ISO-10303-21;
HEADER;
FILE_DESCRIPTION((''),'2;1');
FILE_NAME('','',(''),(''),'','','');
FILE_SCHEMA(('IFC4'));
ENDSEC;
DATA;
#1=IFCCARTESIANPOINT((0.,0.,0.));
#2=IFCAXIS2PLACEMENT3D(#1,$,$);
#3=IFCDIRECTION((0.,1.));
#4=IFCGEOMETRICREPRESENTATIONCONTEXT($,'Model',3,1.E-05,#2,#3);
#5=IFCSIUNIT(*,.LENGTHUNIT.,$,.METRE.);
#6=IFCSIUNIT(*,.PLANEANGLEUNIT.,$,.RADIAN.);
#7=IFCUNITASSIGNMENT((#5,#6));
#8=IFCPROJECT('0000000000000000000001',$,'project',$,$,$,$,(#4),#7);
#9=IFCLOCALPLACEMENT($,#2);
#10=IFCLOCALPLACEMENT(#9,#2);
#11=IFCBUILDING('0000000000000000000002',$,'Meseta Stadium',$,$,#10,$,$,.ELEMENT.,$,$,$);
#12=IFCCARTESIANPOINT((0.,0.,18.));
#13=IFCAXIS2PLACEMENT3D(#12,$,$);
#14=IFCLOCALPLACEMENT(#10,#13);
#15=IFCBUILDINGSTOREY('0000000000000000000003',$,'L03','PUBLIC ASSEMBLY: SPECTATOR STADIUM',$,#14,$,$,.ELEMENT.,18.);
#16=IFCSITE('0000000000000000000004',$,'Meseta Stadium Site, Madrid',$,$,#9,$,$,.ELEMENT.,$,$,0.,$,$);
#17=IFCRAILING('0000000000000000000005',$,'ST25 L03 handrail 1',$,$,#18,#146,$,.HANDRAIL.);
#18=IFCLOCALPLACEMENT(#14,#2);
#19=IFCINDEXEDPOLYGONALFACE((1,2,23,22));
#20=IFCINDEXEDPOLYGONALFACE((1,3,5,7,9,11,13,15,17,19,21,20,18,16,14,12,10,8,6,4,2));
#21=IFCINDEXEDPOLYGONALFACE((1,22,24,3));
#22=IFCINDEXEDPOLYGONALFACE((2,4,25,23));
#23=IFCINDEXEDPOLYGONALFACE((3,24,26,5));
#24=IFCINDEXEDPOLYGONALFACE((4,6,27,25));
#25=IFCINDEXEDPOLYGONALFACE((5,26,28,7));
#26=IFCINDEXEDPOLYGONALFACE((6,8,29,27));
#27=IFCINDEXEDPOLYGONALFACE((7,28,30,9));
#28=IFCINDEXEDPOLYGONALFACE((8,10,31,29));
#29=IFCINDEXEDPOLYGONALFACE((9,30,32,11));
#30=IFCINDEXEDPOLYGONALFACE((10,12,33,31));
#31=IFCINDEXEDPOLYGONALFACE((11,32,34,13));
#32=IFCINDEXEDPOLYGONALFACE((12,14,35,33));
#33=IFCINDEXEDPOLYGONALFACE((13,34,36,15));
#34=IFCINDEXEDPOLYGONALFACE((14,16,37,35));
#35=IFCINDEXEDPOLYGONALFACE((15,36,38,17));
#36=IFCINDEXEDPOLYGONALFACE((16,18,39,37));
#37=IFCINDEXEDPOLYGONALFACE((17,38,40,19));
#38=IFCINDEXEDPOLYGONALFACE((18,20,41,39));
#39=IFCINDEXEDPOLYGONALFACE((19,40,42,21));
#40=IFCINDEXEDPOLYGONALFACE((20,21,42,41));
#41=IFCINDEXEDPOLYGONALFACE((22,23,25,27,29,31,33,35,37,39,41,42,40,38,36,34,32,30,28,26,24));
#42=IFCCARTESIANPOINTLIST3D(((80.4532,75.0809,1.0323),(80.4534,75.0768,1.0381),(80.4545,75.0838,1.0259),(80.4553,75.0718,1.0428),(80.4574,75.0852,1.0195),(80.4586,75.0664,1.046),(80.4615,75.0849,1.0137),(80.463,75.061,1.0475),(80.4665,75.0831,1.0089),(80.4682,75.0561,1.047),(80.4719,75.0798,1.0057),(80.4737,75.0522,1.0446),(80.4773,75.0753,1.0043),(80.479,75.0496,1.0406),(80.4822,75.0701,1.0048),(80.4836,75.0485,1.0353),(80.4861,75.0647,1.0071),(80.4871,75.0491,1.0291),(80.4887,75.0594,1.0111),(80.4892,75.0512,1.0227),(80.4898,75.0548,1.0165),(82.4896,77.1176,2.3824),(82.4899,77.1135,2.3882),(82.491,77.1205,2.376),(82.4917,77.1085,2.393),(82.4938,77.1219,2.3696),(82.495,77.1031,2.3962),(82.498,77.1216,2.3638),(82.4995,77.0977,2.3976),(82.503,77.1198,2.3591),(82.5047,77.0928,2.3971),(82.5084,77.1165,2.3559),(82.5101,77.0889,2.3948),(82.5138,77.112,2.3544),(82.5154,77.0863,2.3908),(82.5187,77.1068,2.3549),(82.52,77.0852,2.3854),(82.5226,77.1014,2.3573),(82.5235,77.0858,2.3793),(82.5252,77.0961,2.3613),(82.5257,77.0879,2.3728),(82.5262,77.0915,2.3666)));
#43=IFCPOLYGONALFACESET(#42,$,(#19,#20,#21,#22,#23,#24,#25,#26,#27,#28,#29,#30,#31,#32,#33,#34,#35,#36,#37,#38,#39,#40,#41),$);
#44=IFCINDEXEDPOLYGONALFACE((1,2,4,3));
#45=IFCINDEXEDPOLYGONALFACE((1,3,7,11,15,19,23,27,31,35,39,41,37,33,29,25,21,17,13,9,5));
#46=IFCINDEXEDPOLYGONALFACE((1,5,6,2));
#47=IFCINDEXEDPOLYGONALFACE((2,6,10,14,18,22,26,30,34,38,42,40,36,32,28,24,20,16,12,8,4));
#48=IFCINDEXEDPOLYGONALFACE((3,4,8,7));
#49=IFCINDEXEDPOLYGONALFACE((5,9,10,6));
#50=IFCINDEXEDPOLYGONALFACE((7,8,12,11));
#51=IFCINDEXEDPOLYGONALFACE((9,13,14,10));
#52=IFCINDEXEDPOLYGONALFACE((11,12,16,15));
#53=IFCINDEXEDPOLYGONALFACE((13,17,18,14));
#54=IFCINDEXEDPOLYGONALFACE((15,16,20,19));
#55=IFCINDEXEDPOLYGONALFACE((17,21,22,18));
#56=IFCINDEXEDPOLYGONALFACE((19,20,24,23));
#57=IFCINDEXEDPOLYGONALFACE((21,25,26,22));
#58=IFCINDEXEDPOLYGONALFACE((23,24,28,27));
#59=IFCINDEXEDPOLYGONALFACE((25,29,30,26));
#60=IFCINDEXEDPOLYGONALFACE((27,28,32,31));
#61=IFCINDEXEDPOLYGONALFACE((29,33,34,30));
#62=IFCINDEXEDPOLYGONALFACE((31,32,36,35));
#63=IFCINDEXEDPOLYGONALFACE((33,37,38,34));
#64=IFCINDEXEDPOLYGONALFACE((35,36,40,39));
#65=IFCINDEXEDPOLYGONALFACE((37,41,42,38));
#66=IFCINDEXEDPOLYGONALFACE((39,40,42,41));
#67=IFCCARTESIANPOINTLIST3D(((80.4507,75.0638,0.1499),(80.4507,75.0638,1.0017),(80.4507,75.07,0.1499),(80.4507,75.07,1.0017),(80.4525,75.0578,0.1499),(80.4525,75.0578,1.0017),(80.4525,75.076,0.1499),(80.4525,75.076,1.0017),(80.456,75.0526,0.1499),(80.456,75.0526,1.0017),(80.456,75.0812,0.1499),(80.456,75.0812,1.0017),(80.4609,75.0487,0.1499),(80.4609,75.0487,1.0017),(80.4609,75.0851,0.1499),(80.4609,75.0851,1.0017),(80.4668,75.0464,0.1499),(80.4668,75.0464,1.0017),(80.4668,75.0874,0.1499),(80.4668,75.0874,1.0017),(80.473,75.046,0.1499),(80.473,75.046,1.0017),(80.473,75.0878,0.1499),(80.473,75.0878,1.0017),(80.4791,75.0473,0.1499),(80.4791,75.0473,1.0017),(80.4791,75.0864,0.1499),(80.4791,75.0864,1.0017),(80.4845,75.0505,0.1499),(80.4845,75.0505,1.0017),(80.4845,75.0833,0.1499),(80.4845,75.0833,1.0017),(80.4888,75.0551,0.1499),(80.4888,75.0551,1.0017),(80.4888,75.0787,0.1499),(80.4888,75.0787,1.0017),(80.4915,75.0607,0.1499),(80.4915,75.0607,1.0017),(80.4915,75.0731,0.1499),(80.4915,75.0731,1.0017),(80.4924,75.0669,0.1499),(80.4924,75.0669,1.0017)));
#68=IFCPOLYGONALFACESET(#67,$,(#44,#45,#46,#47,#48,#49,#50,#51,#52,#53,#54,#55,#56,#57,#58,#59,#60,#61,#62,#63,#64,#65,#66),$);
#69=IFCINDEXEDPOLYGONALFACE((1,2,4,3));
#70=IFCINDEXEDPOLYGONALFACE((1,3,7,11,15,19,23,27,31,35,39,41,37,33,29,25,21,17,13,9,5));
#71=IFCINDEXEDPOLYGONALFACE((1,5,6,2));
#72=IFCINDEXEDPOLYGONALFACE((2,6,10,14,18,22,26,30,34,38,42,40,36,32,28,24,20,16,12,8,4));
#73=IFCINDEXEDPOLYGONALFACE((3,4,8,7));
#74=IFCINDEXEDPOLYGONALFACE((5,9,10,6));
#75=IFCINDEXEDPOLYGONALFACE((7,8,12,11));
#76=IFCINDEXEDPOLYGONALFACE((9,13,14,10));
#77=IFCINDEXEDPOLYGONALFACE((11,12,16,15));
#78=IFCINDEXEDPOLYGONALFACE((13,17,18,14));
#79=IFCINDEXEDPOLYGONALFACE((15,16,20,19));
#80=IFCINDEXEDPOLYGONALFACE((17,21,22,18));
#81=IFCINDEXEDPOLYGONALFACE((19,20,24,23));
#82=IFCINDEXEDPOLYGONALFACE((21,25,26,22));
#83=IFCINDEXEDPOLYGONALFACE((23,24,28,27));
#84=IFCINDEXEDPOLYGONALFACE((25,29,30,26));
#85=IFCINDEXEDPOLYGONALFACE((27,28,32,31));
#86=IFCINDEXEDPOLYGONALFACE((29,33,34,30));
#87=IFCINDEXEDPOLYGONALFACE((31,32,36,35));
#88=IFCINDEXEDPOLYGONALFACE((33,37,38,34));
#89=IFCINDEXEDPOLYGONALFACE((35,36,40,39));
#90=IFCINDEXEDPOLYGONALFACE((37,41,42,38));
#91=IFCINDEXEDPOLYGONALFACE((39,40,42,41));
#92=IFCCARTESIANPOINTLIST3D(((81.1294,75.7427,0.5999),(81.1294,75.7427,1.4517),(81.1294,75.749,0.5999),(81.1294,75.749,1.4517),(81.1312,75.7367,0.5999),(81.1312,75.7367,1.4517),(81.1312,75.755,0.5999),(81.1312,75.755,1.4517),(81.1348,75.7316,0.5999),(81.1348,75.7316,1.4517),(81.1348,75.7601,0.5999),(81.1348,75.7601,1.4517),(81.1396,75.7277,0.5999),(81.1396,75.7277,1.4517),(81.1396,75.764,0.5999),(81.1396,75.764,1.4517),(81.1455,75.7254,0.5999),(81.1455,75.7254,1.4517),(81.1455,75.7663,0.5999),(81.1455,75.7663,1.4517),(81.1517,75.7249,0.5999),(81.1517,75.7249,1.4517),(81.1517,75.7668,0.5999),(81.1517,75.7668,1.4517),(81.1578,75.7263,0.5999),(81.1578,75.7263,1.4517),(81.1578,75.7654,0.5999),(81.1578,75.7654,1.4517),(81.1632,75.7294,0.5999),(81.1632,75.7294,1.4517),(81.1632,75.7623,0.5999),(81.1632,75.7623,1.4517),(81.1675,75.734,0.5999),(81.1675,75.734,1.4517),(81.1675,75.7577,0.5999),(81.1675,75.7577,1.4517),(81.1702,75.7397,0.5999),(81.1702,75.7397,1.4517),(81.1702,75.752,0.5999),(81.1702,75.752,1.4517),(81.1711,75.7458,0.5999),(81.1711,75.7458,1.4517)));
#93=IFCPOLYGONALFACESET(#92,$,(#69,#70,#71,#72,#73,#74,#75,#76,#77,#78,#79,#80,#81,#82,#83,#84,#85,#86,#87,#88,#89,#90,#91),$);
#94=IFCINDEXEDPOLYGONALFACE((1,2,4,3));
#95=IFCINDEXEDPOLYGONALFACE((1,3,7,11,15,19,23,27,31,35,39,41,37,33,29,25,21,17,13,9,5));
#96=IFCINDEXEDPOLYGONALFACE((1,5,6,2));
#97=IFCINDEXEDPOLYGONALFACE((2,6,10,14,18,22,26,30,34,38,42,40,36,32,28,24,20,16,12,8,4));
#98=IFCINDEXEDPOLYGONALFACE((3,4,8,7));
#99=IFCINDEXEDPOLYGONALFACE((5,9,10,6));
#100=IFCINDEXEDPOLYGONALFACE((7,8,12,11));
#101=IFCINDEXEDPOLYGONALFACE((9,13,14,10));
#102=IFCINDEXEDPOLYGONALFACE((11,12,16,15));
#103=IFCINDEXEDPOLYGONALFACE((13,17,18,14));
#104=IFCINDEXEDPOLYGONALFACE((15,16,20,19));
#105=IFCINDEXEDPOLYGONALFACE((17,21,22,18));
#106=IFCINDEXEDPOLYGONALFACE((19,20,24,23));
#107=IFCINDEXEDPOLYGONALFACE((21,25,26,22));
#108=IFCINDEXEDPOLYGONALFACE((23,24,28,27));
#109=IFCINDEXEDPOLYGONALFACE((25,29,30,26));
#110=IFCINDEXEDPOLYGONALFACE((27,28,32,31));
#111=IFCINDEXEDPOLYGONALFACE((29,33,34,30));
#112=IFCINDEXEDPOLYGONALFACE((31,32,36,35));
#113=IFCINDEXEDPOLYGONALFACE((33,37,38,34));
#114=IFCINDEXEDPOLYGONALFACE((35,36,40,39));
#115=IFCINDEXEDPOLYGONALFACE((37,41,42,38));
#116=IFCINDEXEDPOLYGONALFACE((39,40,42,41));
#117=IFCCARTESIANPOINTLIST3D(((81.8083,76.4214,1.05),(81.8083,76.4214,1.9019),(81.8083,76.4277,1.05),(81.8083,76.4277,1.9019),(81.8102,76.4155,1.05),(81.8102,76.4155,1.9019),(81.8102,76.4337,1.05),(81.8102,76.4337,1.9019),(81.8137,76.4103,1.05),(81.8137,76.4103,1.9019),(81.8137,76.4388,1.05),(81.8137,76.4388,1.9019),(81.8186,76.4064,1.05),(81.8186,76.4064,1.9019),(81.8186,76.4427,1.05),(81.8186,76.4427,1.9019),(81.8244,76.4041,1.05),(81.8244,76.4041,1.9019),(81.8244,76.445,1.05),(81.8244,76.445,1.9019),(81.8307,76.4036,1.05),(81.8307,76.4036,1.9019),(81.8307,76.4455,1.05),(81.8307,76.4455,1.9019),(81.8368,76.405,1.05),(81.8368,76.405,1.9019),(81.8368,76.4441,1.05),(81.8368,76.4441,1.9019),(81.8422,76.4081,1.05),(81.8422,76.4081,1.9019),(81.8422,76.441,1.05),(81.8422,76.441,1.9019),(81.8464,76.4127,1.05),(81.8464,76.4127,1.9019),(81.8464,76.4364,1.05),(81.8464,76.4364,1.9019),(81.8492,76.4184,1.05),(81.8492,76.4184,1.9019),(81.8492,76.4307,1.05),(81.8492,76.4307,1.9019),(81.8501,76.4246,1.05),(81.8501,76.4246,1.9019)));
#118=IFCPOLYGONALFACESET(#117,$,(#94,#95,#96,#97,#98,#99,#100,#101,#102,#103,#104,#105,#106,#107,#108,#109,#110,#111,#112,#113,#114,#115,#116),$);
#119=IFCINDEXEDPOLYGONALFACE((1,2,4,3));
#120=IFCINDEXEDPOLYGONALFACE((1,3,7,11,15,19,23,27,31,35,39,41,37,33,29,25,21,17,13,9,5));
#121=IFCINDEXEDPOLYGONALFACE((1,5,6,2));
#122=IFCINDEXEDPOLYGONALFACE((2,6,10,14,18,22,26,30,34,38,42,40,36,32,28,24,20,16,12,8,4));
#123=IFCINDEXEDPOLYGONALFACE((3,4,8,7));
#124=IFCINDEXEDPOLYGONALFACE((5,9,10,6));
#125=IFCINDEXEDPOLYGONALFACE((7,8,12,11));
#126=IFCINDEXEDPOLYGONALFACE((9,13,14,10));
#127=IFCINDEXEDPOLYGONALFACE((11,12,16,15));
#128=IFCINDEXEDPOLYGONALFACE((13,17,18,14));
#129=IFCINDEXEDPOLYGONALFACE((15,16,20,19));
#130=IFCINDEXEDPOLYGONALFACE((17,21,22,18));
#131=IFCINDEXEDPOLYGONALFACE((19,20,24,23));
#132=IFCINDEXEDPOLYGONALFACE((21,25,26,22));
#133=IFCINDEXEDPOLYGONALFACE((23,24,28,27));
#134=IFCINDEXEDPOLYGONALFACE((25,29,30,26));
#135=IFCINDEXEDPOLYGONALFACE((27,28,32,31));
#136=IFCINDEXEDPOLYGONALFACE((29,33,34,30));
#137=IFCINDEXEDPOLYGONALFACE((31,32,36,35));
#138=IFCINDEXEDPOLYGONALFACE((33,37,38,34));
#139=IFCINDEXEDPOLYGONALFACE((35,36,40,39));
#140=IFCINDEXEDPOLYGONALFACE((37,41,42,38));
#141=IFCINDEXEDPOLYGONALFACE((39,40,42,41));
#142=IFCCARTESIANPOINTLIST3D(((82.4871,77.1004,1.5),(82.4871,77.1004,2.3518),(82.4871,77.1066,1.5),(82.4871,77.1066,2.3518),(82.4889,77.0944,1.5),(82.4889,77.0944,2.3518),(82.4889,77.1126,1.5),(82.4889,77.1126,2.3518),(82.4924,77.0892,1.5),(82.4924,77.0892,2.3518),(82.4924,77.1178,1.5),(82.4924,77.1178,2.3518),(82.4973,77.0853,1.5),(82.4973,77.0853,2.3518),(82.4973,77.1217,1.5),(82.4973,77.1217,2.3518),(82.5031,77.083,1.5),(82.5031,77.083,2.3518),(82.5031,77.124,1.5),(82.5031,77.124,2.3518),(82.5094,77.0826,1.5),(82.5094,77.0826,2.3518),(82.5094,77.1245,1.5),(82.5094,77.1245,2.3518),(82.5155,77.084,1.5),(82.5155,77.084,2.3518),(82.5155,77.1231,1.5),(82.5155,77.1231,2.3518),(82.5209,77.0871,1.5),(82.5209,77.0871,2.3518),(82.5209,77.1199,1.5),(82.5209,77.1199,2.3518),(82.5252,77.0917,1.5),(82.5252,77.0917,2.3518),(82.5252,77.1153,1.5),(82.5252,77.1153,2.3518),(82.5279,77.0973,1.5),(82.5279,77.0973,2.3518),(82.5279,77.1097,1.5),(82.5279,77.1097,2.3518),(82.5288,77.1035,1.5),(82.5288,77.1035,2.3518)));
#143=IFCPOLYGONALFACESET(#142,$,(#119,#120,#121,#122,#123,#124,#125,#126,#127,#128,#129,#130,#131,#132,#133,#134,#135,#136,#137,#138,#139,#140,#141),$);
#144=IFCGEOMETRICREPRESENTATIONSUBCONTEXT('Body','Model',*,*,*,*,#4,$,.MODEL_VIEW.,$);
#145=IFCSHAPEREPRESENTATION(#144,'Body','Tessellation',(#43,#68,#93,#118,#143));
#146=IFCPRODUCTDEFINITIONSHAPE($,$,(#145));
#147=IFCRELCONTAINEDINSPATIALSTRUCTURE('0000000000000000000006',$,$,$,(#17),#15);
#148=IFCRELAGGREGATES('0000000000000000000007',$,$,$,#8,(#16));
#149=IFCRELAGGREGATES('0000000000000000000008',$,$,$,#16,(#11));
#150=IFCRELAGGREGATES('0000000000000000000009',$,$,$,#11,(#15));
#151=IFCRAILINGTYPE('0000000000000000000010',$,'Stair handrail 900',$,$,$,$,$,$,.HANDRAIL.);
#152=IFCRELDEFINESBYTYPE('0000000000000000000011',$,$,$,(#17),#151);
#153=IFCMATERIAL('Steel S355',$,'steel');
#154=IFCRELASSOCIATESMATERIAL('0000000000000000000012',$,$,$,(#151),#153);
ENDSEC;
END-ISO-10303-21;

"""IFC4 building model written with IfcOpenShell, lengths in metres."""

from ifc_helpers import new_model, si_unit, direction, frame, origin, origin_2d, place, context, subcontext, project, spatial, circle, extrude, material, type_object, element, save


model = new_model("IFC4")

# Units and contexts
model_context = context("Model", 3, precision=1e-05, world=origin(), true_north=direction((0.0, 1.0)))
body_context = subcontext(model_context, "Body", "Model", "MODEL_VIEW")
ifc_project = project(units=[si_unit("LENGTHUNIT", "METRE"), si_unit("PLANEANGLEUNIT", "RADIAN")], contexts=[model_context])

# Site, building, storey
site_placement = place(None, origin())
site = spatial("IfcSite", under=ifc_project, at=site_placement, Name="Meseta Stadium Site, Madrid", CompositionType="ELEMENT", RefElevation=0.0)
building_placement = place(site_placement, origin())
building = spatial("IfcBuilding", under=site, at=building_placement, Name="Meseta Stadium", CompositionType="ELEMENT")
storey_placement = place(building_placement, frame((0.0, 0.0, 18.0)))
storey = spatial("IfcBuildingStorey", under=building, at=storey_placement, Name="L03", Description="PUBLIC ASSEMBLY: SPECTATOR STADIUM", CompositionType="ELEMENT", Elevation=18.0)

# Railing
ifc_material_1 = material(Name="Steel S355", Category="steel")
railing_type_1 = type_object("IfcRailingType", Name="Stair handrail 900", PredefinedType="HANDRAIL", material=ifc_material_1)
railing_1_placement = place(storey_placement, frame((80.4714, 75.0669, 0.1499)))
element("IfcRailing", 1, at=railing_1_placement, inside=storey, type_object=railing_type_1, Name="ST25 L03 handrail 1", PredefinedType="HANDRAIL", context=body_context, shape_type="SweptSolid", body=[
    extrude(circle(Radius=0.0239, at=origin_2d()), frame((0.0, 0.0, 0.876), z_axis=(0.640211, 0.640288, 0.424454), x_axis=(-0.707149, 0.707064, 0.0)), (0.0, 0.0, 1.0), 3.1809),
    extrude(circle(Radius=0.021, at=origin_2d()), origin(), (0.0, 0.0, 1.0), 0.8518),
    extrude(circle(Radius=0.021, at=origin_2d()), frame((0.6787, 0.679, 0.45)), (0.0, 0.0, 1.0), 0.8518),
    extrude(circle(Radius=0.021, at=origin_2d()), frame((1.3577, 1.3577, 0.9001)), (0.0, 0.0, 1.0), 0.8518),
    extrude(circle(Radius=0.021, at=origin_2d()), frame((2.0364, 2.0366, 1.3501)), (0.0, 0.0, 1.0), 0.8518),
])

save(model, "model.ifc")
